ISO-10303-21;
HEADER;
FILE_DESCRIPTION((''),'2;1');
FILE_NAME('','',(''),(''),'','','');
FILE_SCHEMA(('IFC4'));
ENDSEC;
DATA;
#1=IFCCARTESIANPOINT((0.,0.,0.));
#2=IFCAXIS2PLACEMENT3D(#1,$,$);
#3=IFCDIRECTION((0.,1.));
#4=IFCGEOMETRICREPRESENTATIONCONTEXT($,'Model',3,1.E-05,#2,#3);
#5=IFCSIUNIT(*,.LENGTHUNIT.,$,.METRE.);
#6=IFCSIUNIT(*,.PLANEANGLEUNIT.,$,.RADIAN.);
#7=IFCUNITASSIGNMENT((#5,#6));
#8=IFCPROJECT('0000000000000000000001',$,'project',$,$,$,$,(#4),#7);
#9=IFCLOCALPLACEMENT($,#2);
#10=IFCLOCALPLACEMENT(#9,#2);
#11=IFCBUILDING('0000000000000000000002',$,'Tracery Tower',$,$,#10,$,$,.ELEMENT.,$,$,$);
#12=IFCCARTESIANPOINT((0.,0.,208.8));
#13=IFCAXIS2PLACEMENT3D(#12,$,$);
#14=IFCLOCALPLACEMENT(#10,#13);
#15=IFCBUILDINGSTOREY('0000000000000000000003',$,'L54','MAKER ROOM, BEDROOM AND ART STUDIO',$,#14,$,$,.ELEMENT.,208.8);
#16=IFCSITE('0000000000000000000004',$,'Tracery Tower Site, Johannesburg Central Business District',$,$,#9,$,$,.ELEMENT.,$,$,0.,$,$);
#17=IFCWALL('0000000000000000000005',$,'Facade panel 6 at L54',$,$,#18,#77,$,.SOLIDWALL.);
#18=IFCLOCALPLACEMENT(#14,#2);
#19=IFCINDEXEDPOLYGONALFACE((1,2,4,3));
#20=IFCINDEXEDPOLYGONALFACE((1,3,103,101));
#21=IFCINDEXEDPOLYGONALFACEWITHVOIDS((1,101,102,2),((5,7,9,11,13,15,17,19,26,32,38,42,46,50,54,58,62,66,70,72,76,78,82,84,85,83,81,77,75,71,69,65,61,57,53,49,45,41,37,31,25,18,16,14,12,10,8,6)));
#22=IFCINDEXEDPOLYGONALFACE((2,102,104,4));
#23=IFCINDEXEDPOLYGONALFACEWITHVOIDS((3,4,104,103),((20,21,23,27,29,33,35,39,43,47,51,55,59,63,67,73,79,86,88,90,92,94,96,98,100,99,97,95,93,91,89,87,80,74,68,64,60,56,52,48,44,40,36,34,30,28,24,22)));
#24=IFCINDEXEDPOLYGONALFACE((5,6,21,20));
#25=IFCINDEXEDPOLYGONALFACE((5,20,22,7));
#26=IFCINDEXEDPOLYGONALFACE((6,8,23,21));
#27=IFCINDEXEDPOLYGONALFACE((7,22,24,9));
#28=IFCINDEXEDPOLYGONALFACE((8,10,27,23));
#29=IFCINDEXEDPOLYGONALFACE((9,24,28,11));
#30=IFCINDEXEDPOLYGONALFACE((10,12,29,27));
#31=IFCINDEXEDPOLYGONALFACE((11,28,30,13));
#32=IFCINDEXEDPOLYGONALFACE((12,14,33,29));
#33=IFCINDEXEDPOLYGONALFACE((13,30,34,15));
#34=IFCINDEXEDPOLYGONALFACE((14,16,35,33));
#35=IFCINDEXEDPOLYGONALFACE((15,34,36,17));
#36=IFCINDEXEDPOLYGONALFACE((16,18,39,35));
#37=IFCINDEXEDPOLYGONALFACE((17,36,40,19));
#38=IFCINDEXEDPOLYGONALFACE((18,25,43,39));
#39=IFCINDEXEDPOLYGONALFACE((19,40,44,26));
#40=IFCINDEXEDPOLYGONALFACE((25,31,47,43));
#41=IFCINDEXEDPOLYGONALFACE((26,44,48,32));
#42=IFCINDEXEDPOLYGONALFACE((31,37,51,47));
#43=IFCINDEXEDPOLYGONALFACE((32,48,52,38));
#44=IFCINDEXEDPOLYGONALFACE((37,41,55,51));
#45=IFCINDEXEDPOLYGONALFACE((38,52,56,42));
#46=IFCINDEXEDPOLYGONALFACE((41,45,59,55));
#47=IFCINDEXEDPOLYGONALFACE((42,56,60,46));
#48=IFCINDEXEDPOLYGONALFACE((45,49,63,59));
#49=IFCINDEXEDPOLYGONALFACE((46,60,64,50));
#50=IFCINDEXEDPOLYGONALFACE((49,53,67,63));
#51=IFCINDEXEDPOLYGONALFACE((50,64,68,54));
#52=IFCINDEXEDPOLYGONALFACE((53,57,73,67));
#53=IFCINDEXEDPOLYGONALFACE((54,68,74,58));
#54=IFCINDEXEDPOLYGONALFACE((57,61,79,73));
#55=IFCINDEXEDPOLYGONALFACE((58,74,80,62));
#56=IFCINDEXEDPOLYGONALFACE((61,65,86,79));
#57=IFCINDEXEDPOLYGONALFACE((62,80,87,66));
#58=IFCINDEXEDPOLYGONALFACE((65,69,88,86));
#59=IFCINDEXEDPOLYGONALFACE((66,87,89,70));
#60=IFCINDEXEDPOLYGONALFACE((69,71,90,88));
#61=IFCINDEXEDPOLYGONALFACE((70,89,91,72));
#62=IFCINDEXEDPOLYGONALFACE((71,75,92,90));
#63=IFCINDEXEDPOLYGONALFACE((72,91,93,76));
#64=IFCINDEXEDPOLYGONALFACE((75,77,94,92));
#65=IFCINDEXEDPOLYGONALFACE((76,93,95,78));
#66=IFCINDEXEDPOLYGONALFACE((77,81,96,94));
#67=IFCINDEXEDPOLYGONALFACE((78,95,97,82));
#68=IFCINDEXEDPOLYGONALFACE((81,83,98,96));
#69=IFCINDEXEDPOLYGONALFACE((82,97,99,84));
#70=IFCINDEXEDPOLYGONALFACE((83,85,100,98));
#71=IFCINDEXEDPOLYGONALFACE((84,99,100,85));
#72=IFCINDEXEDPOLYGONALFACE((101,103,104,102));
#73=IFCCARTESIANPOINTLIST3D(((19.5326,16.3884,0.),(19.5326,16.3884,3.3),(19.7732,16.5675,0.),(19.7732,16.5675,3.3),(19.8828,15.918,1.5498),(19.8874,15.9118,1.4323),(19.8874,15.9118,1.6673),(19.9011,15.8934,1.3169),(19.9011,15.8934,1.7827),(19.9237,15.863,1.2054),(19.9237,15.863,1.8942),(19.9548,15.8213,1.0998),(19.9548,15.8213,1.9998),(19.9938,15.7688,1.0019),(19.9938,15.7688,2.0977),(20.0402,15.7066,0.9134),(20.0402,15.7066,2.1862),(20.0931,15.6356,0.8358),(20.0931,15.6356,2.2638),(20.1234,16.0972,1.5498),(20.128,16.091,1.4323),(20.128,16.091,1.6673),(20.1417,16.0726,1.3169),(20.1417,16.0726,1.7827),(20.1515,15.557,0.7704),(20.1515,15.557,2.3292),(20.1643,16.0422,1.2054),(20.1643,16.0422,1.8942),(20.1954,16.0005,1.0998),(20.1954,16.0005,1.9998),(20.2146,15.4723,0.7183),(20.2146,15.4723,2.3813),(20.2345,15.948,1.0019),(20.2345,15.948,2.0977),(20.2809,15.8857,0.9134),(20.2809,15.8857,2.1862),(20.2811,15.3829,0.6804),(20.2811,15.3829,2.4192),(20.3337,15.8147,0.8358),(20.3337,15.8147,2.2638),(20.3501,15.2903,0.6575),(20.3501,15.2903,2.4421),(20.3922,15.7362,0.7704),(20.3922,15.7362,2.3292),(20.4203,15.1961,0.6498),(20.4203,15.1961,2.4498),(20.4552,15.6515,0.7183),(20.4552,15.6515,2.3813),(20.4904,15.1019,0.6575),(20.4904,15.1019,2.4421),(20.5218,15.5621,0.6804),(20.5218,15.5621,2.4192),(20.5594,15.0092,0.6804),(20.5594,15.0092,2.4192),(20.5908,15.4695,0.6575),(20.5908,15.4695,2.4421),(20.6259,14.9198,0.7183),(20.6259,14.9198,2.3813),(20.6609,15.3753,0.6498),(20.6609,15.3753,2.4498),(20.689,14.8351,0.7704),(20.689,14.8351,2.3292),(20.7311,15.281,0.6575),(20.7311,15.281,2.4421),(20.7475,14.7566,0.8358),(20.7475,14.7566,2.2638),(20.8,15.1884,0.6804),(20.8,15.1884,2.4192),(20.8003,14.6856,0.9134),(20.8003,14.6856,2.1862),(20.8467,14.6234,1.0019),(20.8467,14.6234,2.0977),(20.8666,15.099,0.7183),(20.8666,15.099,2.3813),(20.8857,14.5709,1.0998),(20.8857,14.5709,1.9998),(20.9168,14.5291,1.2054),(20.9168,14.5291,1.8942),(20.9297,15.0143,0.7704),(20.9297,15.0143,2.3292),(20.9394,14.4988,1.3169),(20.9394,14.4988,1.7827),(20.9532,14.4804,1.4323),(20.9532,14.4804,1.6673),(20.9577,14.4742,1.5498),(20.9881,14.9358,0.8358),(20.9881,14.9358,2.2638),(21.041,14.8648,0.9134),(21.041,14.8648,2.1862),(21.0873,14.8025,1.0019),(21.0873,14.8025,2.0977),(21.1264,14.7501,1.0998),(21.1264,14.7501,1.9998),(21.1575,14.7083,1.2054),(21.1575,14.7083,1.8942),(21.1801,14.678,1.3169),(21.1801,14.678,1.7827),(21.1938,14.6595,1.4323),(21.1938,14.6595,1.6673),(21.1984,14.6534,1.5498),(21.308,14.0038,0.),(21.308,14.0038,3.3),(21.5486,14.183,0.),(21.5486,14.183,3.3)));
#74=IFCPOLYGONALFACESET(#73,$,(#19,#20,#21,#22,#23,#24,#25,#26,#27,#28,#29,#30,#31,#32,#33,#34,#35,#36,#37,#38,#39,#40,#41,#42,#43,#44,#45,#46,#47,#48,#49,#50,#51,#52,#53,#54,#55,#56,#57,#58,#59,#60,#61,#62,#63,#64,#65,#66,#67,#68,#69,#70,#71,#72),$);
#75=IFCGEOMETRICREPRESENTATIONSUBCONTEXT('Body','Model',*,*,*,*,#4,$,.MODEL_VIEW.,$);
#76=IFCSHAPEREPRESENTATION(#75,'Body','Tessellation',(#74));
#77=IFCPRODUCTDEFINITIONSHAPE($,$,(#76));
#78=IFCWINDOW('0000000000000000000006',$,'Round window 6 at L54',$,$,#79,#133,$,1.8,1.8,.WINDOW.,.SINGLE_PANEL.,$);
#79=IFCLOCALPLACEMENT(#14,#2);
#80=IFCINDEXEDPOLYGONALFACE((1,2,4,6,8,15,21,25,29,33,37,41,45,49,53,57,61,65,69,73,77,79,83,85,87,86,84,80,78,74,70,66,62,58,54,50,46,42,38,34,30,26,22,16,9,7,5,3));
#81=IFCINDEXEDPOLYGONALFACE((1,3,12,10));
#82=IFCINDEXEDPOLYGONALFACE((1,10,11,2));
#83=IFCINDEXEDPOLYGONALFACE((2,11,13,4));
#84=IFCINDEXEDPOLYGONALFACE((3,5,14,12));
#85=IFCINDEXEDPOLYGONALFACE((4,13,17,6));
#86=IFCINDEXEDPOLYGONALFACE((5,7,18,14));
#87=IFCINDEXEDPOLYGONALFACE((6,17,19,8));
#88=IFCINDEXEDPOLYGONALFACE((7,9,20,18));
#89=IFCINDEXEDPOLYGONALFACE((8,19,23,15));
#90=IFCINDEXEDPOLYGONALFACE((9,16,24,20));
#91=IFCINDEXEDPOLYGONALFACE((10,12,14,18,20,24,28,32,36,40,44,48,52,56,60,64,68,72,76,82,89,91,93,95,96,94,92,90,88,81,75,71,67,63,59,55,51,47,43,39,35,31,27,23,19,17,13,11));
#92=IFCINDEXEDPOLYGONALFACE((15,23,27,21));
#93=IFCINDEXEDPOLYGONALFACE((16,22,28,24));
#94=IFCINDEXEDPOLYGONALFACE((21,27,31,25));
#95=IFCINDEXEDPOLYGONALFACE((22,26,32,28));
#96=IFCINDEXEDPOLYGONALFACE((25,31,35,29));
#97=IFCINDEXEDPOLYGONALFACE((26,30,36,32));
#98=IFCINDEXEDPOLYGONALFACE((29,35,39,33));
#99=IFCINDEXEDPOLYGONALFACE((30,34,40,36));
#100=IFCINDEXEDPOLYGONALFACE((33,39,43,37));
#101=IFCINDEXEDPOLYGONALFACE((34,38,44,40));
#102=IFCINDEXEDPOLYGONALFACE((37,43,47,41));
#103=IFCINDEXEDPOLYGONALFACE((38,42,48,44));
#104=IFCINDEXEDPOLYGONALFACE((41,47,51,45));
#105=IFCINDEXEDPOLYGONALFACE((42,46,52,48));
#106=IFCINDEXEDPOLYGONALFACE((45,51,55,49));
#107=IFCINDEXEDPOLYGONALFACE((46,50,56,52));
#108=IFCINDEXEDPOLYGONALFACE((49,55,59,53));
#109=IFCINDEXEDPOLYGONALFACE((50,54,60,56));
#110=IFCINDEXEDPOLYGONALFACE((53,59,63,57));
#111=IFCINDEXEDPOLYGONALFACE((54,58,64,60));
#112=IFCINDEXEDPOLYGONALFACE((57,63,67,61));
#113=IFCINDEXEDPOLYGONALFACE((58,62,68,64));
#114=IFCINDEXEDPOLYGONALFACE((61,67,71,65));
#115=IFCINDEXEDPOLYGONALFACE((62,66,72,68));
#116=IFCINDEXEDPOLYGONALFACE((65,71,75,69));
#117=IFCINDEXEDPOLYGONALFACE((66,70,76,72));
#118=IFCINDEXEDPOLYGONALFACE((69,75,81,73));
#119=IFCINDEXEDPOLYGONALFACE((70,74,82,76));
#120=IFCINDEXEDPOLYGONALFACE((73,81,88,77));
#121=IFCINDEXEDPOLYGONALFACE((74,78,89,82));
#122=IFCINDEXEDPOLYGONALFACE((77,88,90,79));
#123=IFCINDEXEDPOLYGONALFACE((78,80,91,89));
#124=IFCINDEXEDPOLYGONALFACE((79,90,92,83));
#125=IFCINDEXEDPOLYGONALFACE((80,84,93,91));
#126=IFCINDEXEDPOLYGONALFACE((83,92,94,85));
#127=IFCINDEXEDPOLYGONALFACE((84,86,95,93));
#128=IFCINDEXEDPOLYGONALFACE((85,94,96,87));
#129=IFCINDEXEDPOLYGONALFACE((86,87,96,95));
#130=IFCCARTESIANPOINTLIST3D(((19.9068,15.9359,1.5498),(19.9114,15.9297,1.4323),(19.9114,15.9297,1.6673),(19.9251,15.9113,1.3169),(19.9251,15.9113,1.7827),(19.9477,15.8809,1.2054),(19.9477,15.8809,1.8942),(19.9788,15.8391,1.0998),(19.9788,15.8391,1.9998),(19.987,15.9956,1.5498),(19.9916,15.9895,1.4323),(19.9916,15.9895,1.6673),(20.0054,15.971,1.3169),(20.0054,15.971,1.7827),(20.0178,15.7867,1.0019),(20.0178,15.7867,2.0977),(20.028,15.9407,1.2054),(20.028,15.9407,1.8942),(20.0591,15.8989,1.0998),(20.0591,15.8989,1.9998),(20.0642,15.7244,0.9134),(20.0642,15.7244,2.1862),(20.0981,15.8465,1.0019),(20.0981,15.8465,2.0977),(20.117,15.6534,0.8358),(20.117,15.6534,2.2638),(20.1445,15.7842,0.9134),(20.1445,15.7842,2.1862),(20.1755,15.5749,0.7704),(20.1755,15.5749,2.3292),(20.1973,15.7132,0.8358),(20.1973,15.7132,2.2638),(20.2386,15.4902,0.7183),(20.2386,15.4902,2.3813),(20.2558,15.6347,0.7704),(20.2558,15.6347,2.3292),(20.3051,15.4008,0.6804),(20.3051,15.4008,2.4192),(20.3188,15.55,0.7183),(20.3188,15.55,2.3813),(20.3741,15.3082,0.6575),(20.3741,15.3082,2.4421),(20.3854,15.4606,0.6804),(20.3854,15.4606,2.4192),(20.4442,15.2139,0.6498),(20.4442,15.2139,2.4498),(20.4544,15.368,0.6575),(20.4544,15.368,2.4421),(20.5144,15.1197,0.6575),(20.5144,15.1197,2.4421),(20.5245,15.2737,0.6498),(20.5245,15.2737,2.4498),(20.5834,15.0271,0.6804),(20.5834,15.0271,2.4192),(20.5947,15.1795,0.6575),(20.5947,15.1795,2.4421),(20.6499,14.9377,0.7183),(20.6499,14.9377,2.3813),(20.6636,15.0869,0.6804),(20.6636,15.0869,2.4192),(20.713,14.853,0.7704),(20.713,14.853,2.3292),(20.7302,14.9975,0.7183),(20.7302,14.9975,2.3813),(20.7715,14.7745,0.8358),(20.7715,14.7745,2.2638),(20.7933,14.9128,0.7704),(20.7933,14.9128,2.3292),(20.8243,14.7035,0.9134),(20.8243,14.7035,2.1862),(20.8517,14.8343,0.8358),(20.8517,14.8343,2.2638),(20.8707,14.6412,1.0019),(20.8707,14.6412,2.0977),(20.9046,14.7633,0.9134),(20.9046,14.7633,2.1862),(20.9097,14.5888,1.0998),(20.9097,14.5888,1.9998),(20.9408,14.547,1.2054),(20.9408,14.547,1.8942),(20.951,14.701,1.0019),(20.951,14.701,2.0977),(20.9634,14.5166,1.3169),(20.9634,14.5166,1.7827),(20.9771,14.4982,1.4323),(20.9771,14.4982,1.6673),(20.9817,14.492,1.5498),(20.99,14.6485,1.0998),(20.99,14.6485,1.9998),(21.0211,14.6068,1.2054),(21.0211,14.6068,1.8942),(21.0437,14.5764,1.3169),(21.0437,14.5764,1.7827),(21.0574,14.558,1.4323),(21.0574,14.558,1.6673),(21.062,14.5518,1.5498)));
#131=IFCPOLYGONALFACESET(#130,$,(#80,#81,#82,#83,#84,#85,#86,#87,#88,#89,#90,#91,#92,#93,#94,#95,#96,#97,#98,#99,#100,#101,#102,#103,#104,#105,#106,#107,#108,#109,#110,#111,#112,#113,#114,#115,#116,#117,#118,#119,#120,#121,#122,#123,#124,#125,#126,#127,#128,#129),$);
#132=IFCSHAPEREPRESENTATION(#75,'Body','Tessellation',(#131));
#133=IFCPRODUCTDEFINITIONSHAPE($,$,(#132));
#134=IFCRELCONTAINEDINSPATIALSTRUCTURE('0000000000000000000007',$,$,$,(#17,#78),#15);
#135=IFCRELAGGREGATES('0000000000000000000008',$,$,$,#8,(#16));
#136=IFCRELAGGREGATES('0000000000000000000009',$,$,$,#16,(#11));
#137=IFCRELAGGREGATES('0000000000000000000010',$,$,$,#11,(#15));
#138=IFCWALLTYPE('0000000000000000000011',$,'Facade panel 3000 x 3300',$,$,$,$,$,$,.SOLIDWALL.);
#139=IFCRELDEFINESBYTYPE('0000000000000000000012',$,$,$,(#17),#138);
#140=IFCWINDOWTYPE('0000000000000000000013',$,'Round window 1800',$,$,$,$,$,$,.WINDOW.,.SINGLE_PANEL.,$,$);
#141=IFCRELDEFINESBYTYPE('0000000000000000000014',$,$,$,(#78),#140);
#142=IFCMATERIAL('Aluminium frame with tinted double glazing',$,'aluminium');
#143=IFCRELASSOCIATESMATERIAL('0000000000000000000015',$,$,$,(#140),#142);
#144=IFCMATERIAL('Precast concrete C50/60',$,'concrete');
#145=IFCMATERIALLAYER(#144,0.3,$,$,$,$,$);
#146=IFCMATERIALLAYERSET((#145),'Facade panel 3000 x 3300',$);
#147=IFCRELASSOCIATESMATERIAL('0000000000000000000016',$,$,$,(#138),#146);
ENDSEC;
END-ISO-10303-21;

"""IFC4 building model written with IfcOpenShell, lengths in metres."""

from ifc_helpers import new_model, si_unit, direction, frame, frame_2d, origin, origin_2d, place, context, subcontext, project, spatial, rectangle, circle, extrude, material, layer, layer_set, type_object, element, fill, save


model = new_model("IFC4")

# Units and contexts
model_context = context("Model", 3, precision=1e-05, world=origin(), true_north=direction((0.0, 1.0)))
body_context = subcontext(model_context, "Body", "Model", "MODEL_VIEW")
ifc_project = project(units=[si_unit("LENGTHUNIT", "METRE"), si_unit("PLANEANGLEUNIT", "RADIAN")], contexts=[model_context])

# Site, building, storey
site_placement = place(None, origin())
site = spatial("IfcSite", under=ifc_project, at=site_placement, Name="Tracery Tower Site, Johannesburg Central Business District", CompositionType="ELEMENT", RefElevation=0.0)
building_placement = place(site_placement, origin())
building = spatial("IfcBuilding", under=site, at=building_placement, Name="Tracery Tower", CompositionType="ELEMENT")
storey_placement = place(building_placement, frame((0.0, 0.0, 208.8)))
storey = spatial("IfcBuildingStorey", under=building, at=storey_placement, Name="L54", Description="MAKER ROOM, BEDROOM AND ART STUDIO", CompositionType="ELEMENT", Elevation=208.8)

# Wall, opening, window
ifc_material_1 = material(Name="Aluminium frame with tinted double glazing", Category="aluminium")
window_type = type_object("IfcWindowType", Name="Round window 1800", PartitioningType="SINGLE_PANEL", PredefinedType="WINDOW", material=ifc_material_1)
ifc_material_2 = material(Name="Precast concrete C50/60", Category="concrete")
ifc_layer_1 = layer(ifc_material_2, 0.3)
ifc_layer_set_1 = layer_set([ifc_layer_1], Name="Facade panel 3000 x 3300")
wall_type_1 = type_object("IfcWallType", Name="Facade panel 3000 x 3300", PredefinedType="SOLIDWALL", material=ifc_layer_set_1)
wall_1_placement = place(storey_placement, frame((21.4282, 14.0935, 0.0), z_axis=(0.0, 0.0, 1.0), x_axis=(-0.597198, 0.802094, 0.0)))
wall_1 = element("IfcWall", 1, at=wall_1_placement, inside=storey, type_object=wall_type_1, Name="Facade panel 6 at L54", PredefinedType="SOLIDWALL", context=body_context, shape_type="SweptSolid", body=[
    extrude(rectangle(XDim=2.9729, YDim=0.3, at=frame_2d((1.4863, 0.0))), origin(), (0.0, 0.0, 1.0), 3.3),
])
opening_1_placement = place(wall_1_placement, frame((1.4863, 0.0, 1.5498)))
opening_1 = element("IfcOpeningElement", 2, at=opening_1_placement, cuts=wall_1, PredefinedType="OPENING", context=body_context, shape_type="SweptSolid", body=[
    extrude(circle(Radius=0.9, at=origin_2d()), frame((0.0, 0.1599, 0.0), z_axis=(0.0, -1.0, 0.0), x_axis=(1.0, 0.0, 0.0)), (0.0, 0.0, 1.0), 0.3201),
])
window_1_placement = place(opening_1_placement, origin())
window_1 = element("IfcWindow", 3, at=window_1_placement, inside=storey, type_object=window_type, Name="Round window 6 at L54", OverallHeight=1.8, OverallWidth=1.8, PartitioningType="SINGLE_PANEL", PredefinedType="WINDOW", context=body_context, shape_type="SweptSolid", body=[
    extrude(circle(Radius=0.9, at=origin_2d()), frame((0.0, 0.1201, 0.0), z_axis=(0.0, -1.0, 0.0), x_axis=(1.0, 0.0, 0.0)), (0.0, 0.0, 1.0), 0.1001),
])
fill(opening_1, window_1)

save(model, "model.ifc")
